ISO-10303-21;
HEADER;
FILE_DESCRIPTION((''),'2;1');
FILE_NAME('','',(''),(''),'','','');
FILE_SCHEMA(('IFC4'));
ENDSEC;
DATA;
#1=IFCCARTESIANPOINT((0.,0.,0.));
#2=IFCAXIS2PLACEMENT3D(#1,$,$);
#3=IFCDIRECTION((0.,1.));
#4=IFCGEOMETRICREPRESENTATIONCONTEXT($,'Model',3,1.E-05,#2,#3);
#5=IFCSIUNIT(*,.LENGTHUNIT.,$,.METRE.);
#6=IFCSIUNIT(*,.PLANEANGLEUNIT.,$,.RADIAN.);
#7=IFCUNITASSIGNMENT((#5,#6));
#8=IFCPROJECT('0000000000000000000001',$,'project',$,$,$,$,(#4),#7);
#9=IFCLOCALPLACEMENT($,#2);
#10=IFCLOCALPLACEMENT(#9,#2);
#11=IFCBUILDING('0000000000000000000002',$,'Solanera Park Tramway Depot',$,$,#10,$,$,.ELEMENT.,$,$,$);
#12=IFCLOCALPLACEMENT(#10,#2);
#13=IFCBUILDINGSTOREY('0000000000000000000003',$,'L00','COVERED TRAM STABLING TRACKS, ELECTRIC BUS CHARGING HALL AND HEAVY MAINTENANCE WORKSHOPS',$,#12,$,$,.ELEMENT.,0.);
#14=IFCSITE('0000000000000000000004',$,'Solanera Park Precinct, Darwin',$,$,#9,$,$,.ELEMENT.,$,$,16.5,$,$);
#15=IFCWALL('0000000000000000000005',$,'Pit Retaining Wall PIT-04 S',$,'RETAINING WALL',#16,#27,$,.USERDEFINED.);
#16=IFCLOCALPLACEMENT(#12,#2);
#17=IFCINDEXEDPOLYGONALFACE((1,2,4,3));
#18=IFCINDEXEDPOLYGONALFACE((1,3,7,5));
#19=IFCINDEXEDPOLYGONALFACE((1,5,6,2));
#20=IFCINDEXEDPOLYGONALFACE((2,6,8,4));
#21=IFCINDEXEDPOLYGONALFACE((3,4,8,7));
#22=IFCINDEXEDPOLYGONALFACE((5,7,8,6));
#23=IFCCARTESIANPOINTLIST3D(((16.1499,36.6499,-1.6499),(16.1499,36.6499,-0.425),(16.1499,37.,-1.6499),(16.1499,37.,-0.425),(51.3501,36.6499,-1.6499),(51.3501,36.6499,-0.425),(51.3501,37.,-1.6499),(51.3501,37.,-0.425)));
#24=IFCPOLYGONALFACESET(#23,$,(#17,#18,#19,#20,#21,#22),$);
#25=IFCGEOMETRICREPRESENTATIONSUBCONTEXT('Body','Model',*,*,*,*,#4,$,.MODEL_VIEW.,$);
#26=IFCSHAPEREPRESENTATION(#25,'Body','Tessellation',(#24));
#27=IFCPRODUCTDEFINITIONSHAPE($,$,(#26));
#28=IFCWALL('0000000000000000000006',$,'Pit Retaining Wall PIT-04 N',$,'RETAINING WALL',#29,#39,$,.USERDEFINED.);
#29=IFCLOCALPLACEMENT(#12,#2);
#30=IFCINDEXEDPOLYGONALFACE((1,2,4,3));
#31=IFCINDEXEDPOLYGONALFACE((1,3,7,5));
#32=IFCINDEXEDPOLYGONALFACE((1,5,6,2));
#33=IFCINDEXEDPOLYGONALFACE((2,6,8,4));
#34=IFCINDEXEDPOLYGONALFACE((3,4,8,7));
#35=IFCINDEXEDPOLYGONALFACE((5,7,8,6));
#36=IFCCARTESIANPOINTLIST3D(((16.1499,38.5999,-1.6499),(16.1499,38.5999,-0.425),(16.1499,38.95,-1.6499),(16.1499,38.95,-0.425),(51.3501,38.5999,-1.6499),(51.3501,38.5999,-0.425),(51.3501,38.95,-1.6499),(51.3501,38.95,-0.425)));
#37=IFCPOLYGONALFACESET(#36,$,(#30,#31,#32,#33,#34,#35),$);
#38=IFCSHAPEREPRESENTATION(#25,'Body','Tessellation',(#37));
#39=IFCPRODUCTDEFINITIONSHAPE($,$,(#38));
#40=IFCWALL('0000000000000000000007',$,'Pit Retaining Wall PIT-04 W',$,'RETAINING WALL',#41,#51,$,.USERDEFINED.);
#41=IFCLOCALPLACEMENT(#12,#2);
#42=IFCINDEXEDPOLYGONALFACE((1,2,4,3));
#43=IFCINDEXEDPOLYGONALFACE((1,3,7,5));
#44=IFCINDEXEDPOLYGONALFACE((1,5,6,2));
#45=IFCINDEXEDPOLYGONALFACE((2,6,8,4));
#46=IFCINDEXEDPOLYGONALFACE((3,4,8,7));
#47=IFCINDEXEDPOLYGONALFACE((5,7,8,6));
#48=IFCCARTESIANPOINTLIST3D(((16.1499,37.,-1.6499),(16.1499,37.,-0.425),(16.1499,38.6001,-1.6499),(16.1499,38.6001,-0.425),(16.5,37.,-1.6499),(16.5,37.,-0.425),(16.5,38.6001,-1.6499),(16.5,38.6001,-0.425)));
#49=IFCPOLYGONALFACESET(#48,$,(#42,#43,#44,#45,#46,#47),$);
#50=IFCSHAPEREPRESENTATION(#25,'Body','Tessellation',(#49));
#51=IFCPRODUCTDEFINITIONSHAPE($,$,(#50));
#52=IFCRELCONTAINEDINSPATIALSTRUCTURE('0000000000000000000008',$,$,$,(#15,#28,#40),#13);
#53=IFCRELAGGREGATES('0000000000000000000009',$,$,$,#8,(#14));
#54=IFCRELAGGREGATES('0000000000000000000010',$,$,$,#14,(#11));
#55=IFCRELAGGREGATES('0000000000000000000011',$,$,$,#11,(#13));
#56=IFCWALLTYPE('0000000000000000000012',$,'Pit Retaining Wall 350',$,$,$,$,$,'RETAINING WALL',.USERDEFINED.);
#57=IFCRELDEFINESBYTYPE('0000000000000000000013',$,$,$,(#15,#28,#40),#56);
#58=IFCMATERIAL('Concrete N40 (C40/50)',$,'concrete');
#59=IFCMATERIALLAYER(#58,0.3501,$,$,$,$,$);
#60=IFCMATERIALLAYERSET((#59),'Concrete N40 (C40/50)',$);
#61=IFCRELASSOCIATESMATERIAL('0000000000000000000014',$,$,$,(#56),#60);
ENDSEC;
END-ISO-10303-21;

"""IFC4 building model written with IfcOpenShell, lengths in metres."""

from ifc_helpers import new_model, si_unit, direction, frame, frame_2d, origin, place, context, subcontext, project, spatial, rectangle, extrude, material, layer, layer_set, type_object, element, save


model = new_model("IFC4")

# Units and contexts
model_context = context("Model", 3, precision=1e-05, world=origin(), true_north=direction((0.0, 1.0)))
body_context = subcontext(model_context, "Body", "Model", "MODEL_VIEW")
ifc_project = project(units=[si_unit("LENGTHUNIT", "METRE"), si_unit("PLANEANGLEUNIT", "RADIAN")], contexts=[model_context])

# Site, building, storey
site_placement = place(None, origin())
site = spatial("IfcSite", under=ifc_project, at=site_placement, Name="Solanera Park Precinct, Darwin", CompositionType="ELEMENT", RefElevation=16.5)
building_placement = place(site_placement, origin())
building = spatial("IfcBuilding", under=site, at=building_placement, Name="Solanera Park Tramway Depot", CompositionType="ELEMENT")
storey_placement = place(building_placement, origin())
storey = spatial("IfcBuildingStorey", under=building, at=storey_placement, Name="L00", Description="COVERED TRAM STABLING TRACKS, ELECTRIC BUS CHARGING HALL AND HEAVY MAINTENANCE WORKSHOPS", CompositionType="ELEMENT", Elevation=0.0)

# Walls
ifc_material_1 = material(Name="Concrete N40 (C40/50)", Category="concrete")
ifc_layer_1 = layer(ifc_material_1, 0.3501)
ifc_layer_set_1 = layer_set([ifc_layer_1], Name="Concrete N40 (C40/50)")
wall_type_1 = type_object("IfcWallType", Name="Pit Retaining Wall 350", ElementType="RETAINING WALL", PredefinedType="USERDEFINED", material=ifc_layer_set_1)
for number, where, z_axis, x_axis, name in (
    (1, (16.1499, 36.825, -1.6499), (0.0, 0.0, 1.0), (1.0, 0.0, 0.0), "Pit Retaining Wall PIT-04 S"),
    (2, (16.1499, 38.7749, -1.6499), (0.0, 0.0, 1.0), (1.0, 0.0, 0.0), "Pit Retaining Wall PIT-04 N"),
):
    element("IfcWall", number, at=place(storey_placement, frame(where, z_axis=z_axis, x_axis=x_axis)), inside=storey, type_object=wall_type_1, Name=name, ObjectType="RETAINING WALL", PredefinedType="USERDEFINED", context=body_context, shape_type="SweptSolid", body=[
        extrude(rectangle(XDim=35.2002, YDim=0.3501, at=frame_2d((17.6001, 0.0))), origin(), (0.0, 0.0, 1.0), 1.2249),
    ])
wall_1_placement = place(storey_placement, frame((16.325, 37.0, -1.6499), z_axis=(0.0, 0.0, 1.0), x_axis=(0.0, 1.0, 0.0)))
element("IfcWall", 3, at=wall_1_placement, inside=storey, type_object=wall_type_1, Name="Pit Retaining Wall PIT-04 W", ObjectType="RETAINING WALL", PredefinedType="USERDEFINED", context=body_context, shape_type="SweptSolid", body=[
    extrude(rectangle(XDim=1.6001, YDim=0.3501, at=frame_2d((0.8, 0.0))), origin(), (0.0, 0.0, 1.0), 1.2249),
])

save(model, "model.ifc")
